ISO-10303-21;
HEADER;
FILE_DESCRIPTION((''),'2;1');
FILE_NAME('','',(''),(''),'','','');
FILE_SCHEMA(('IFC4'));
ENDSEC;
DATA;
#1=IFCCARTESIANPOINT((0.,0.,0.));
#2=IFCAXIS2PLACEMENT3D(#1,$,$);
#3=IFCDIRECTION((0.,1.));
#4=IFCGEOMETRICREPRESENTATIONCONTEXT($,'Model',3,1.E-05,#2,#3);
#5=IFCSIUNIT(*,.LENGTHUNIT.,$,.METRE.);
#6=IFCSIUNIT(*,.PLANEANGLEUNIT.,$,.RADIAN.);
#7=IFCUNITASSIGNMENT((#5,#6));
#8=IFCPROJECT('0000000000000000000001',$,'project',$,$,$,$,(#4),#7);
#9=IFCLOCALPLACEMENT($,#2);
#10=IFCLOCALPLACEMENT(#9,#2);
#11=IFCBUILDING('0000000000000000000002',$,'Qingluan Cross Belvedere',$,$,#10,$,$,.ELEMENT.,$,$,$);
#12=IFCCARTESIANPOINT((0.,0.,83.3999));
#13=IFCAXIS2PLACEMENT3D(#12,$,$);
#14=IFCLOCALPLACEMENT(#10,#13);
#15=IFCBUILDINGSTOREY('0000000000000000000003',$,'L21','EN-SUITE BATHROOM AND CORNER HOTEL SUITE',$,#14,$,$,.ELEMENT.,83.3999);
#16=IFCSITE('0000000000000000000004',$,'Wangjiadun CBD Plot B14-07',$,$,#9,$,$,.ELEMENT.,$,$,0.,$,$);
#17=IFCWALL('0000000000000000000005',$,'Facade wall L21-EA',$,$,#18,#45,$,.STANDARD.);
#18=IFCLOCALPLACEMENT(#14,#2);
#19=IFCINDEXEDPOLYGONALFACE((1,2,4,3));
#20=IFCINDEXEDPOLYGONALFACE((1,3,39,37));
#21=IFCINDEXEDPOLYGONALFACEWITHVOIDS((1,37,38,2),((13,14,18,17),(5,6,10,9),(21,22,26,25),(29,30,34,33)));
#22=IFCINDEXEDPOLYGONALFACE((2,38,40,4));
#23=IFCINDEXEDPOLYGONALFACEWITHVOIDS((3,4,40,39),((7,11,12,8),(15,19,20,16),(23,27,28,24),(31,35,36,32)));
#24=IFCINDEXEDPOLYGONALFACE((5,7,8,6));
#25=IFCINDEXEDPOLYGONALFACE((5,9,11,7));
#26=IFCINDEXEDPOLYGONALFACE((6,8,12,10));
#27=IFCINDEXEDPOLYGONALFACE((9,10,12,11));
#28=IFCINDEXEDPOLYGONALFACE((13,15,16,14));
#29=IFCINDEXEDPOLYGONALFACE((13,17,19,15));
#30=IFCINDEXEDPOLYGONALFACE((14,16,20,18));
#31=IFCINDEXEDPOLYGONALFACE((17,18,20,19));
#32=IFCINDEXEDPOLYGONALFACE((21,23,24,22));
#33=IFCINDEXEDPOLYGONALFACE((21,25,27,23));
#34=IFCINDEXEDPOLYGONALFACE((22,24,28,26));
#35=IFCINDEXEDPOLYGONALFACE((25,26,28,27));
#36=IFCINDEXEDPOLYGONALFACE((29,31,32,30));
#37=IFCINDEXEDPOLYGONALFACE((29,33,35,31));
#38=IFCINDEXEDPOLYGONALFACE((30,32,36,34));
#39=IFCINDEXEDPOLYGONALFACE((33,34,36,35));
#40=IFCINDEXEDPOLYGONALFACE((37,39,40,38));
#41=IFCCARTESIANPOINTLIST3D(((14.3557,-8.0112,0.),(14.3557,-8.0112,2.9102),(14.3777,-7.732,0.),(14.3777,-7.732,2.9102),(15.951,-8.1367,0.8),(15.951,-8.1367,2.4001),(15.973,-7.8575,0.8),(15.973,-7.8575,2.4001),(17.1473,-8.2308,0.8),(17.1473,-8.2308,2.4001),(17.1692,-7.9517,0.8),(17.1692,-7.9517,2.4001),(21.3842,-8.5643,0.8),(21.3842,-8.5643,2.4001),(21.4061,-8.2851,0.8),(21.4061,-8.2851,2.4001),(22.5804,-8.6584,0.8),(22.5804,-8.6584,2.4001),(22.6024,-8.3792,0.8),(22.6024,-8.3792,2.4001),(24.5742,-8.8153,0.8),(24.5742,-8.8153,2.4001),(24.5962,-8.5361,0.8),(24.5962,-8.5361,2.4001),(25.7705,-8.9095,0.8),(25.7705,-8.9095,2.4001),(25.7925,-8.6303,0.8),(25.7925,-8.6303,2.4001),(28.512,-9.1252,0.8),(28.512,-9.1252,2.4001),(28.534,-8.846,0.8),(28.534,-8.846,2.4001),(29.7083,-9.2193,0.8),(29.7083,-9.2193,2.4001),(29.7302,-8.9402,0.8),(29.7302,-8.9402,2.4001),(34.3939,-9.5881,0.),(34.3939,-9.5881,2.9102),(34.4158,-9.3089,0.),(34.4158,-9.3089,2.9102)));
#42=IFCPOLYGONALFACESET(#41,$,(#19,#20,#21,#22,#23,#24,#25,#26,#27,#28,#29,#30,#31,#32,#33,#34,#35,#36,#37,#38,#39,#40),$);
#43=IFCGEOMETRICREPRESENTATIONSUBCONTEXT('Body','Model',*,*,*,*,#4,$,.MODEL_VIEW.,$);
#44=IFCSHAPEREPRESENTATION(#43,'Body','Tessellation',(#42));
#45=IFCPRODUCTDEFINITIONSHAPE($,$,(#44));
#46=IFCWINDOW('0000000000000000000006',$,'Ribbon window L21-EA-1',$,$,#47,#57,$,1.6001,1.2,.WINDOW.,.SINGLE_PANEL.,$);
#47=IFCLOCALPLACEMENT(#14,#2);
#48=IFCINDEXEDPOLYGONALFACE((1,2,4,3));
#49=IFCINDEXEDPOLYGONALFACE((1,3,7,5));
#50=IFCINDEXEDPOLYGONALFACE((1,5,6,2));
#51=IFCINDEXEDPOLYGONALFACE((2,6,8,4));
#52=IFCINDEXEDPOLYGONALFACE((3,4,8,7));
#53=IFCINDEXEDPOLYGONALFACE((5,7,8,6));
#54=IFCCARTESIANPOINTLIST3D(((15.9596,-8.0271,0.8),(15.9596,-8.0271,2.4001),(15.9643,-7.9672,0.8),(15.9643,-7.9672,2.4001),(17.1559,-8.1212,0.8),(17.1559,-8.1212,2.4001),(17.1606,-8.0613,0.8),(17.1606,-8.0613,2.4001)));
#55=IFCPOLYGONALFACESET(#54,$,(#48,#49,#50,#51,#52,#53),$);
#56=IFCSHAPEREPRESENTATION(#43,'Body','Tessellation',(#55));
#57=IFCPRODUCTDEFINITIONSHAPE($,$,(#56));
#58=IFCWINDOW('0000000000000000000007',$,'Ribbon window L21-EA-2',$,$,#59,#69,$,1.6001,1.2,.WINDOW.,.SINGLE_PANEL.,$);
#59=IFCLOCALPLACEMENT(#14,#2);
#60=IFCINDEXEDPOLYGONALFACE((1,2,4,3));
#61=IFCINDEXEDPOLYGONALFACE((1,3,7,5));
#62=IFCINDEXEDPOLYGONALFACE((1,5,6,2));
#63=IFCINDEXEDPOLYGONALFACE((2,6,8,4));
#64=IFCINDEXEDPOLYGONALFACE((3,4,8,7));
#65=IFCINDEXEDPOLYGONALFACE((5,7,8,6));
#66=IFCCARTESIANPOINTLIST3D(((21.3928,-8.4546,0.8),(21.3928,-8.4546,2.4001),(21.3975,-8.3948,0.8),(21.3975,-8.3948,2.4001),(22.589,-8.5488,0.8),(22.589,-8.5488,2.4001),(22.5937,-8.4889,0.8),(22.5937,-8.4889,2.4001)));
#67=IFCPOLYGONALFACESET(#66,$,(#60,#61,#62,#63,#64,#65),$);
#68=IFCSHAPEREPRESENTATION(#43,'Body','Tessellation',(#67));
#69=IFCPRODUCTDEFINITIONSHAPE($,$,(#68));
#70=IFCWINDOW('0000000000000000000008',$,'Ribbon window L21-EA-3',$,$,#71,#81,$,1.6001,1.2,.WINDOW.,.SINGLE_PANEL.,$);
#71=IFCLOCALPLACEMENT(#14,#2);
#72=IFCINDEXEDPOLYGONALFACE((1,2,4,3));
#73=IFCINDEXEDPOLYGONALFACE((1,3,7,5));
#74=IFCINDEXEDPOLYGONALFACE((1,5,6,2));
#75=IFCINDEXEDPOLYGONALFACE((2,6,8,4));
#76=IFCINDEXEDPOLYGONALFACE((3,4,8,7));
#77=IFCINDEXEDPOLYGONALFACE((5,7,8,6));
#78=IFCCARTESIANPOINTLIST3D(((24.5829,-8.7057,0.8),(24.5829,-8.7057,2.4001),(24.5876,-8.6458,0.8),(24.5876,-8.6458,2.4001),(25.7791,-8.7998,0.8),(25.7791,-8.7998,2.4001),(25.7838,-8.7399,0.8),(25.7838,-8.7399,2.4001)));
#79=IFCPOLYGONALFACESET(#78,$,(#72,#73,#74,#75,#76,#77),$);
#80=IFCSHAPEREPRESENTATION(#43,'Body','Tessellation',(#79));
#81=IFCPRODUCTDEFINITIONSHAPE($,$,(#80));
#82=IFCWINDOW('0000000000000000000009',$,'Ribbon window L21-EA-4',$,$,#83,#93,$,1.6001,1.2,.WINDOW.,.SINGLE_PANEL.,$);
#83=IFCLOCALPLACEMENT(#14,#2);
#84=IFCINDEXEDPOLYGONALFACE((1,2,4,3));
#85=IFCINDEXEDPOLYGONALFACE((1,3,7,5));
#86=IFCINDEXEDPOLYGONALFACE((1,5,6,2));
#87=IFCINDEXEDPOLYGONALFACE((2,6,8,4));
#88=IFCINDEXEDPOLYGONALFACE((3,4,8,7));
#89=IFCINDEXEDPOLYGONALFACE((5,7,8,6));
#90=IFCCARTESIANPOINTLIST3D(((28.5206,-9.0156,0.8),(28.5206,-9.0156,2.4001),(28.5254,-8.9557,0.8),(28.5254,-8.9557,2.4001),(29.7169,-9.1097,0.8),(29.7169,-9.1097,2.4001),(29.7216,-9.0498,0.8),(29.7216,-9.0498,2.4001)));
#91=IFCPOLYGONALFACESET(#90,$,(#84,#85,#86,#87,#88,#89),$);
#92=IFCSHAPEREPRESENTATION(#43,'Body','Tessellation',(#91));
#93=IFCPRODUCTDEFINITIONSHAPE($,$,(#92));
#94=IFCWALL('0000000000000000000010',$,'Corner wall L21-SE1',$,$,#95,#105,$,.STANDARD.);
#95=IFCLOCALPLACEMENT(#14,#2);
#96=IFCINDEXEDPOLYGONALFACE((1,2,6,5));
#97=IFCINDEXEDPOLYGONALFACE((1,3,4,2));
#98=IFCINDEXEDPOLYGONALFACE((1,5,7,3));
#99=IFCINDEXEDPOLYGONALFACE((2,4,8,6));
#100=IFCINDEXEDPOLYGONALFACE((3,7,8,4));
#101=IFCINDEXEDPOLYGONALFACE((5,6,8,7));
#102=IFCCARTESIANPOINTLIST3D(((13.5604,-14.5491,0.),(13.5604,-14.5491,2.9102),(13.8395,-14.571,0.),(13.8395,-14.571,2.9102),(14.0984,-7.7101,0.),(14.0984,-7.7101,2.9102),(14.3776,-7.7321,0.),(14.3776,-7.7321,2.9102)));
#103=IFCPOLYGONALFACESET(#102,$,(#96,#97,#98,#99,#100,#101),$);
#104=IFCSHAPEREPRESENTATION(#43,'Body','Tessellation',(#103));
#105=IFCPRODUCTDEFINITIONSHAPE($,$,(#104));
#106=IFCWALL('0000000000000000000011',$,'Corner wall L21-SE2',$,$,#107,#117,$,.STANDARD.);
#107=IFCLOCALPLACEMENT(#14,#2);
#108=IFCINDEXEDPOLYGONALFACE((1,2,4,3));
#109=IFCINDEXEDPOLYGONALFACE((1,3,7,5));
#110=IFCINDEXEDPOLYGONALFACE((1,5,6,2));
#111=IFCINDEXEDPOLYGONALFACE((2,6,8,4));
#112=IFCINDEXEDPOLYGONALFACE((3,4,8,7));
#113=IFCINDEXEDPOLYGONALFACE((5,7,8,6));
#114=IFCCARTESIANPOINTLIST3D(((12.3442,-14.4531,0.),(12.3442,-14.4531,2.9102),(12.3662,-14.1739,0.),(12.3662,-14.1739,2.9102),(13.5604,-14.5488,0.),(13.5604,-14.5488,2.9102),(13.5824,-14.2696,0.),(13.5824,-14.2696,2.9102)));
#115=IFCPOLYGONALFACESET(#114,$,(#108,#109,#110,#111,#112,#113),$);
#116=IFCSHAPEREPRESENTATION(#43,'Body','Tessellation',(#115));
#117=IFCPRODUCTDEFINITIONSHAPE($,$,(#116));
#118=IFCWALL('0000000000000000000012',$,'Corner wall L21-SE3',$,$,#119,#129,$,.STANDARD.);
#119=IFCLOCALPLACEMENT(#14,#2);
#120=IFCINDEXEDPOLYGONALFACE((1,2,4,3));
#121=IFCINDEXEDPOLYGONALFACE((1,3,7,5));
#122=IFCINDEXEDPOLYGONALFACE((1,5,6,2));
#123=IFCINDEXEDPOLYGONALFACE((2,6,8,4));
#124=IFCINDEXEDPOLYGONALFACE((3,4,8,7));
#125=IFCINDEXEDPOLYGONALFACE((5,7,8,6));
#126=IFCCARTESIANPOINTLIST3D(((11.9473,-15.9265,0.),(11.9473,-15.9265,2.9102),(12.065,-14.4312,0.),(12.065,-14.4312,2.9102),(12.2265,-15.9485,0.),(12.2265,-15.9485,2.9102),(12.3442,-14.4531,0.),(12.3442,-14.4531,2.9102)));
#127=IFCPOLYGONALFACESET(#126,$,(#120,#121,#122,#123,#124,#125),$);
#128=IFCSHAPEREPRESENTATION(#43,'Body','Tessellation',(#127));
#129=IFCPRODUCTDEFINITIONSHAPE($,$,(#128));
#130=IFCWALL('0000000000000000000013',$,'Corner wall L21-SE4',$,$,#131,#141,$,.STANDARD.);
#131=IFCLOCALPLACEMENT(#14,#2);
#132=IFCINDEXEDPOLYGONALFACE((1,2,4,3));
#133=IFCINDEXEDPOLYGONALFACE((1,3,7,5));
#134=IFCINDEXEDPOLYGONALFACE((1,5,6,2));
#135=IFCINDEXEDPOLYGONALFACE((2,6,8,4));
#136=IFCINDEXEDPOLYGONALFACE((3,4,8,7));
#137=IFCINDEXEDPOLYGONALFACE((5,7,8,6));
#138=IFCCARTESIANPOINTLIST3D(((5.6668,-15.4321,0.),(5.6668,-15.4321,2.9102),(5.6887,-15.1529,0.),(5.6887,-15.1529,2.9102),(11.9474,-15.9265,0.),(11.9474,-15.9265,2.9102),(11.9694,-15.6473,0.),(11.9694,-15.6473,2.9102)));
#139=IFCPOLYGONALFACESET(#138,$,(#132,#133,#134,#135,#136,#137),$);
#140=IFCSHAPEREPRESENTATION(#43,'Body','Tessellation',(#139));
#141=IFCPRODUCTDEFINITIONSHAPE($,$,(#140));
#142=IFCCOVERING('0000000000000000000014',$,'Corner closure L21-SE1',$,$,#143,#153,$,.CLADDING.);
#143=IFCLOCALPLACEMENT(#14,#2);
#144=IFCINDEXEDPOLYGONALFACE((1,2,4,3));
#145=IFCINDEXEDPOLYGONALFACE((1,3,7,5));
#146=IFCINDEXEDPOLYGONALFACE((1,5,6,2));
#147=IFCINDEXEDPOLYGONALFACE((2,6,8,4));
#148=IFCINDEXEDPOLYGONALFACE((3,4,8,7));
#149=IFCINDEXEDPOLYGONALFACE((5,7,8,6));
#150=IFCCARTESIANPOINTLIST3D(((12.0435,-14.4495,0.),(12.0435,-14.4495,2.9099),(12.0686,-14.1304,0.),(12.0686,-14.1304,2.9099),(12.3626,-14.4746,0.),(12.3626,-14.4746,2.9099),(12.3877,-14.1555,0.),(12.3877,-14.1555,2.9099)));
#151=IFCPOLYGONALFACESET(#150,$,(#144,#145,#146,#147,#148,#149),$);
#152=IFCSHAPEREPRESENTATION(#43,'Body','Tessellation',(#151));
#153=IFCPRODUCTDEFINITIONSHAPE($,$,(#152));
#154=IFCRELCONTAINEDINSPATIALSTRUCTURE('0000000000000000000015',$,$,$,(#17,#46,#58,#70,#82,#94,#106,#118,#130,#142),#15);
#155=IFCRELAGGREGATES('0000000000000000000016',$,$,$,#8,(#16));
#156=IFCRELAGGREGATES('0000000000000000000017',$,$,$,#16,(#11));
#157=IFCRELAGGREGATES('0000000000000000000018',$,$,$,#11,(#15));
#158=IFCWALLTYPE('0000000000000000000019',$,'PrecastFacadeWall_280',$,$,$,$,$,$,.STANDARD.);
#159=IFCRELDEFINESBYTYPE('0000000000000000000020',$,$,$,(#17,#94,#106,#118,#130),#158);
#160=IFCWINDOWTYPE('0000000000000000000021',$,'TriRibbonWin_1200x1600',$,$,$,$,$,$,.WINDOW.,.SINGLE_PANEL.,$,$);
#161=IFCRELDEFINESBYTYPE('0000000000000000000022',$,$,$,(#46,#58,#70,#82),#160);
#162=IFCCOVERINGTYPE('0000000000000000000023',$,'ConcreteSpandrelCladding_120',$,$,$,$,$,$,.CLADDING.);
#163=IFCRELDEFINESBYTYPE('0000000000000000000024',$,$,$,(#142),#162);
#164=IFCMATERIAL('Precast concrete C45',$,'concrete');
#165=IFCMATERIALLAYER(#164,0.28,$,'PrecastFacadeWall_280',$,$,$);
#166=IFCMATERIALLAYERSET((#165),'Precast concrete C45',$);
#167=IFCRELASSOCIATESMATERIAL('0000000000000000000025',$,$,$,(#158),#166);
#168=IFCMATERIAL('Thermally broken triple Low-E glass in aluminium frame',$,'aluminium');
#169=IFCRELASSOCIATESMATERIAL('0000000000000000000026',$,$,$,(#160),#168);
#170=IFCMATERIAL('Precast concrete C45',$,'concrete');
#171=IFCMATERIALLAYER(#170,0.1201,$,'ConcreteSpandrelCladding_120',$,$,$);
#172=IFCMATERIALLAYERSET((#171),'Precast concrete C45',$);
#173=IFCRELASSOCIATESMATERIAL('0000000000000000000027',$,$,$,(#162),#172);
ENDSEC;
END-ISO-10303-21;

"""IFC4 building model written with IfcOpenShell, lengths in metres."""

from ifc_helpers import new_model, si_unit, direction, frame, frame_2d, origin, origin_2d, place, context, subcontext, project, spatial, rectangle, extrude, material, layer, layer_set, type_object, element, fill, save


model = new_model("IFC4")

# Units and contexts
model_context = context("Model", 3, precision=1e-05, world=origin(), true_north=direction((0.0, 1.0)))
body_context = subcontext(model_context, "Body", "Model", "MODEL_VIEW")
ifc_project = project(units=[si_unit("LENGTHUNIT", "METRE"), si_unit("PLANEANGLEUNIT", "RADIAN")], contexts=[model_context])

# Site, building, storey
site_placement = place(None, origin())
site = spatial("IfcSite", under=ifc_project, at=site_placement, Name="Wangjiadun CBD Plot B14-07", CompositionType="ELEMENT", RefElevation=0.0)
building_placement = place(site_placement, origin())
building = spatial("IfcBuilding", under=site, at=building_placement, Name="Qingluan Cross Belvedere", CompositionType="ELEMENT")
storey_placement = place(building_placement, frame((0.0, 0.0, 83.3999)))
storey = spatial("IfcBuildingStorey", under=building, at=storey_placement, Name="L21", Description="EN-SUITE BATHROOM AND CORNER HOTEL SUITE", CompositionType="ELEMENT", Elevation=83.3999)

# Wall, openings, windows
ifc_material_1 = material(Name="Precast concrete C45", Category="concrete")
ifc_layer_1 = layer(ifc_material_1, 0.28, Name="PrecastFacadeWall_280")
ifc_layer_set_1 = layer_set([ifc_layer_1], Name="Precast concrete C45")
wall_type_1 = type_object("IfcWallType", Name="PrecastFacadeWall_280", PredefinedType="STANDARD", material=ifc_layer_set_1)
wall_1_placement = place(storey_placement, frame((14.3667, -7.8716, 0.0), z_axis=(0.0, 0.0, 1.0), x_axis=(0.996918, -0.078453, 0.0)))
wall_1 = element("IfcWall", 1, at=wall_1_placement, inside=storey, type_object=wall_type_1, Name="Facade wall L21-EA", PredefinedType="STANDARD", context=body_context, shape_type="SweptSolid", body=[
    extrude(rectangle(XDim=20.1001, YDim=0.28, at=frame_2d((10.05, 0.0))), origin(), (0.0, 0.0, 1.0), 2.9102),
])
opening_1_placement = place(wall_1_placement, frame((1.6001, 0.0, 0.8)))
opening_1 = element("IfcOpeningElement", 2, at=opening_1_placement, cuts=wall_1, PredefinedType="OPENING", context=body_context, shape_type="SweptSolid", body=[
    extrude(rectangle(XDim=1.2, YDim=1.6001, at=frame_2d((0.6001, 0.8))), frame((0.0, 0.1499, 0.0), z_axis=(0.0, -1.0, 0.0), x_axis=(1.0, 0.0, 0.0)), (0.0, 0.0, 1.0), 0.3),
])
opening_2_placement = place(wall_1_placement, frame((7.05, 0.0, 0.8)))
opening_2 = element("IfcOpeningElement", 3, at=opening_2_placement, cuts=wall_1, PredefinedType="OPENING", context=body_context, shape_type="SweptSolid", body=[
    extrude(rectangle(XDim=1.2, YDim=1.6001, at=frame_2d((0.6001, 0.8))), frame((0.0, 0.1499, 0.0), z_axis=(0.0, -1.0, 0.0), x_axis=(1.0, 0.0, 0.0)), (0.0, 0.0, 1.0), 0.3),
])
opening_3_placement = place(wall_1_placement, frame((10.25, 0.0, 0.8)))
opening_3 = element("IfcOpeningElement", 4, at=opening_3_placement, cuts=wall_1, PredefinedType="OPENING", context=body_context, shape_type="SweptSolid", body=[
    extrude(rectangle(XDim=1.2, YDim=1.6001, at=frame_2d((0.6001, 0.8))), frame((0.0, 0.1499, 0.0), z_axis=(0.0, -1.0, 0.0), x_axis=(1.0, 0.0, 0.0)), (0.0, 0.0, 1.0), 0.3),
])
opening_4_placement = place(wall_1_placement, frame((14.2, 0.0, 0.8)))
opening_4 = element("IfcOpeningElement", 5, at=opening_4_placement, cuts=wall_1, PredefinedType="OPENING", context=body_context, shape_type="SweptSolid", body=[
    extrude(rectangle(XDim=1.2, YDim=1.6001, at=frame_2d((0.6001, 0.8))), frame((0.0, 0.1499, 0.0), z_axis=(0.0, -1.0, 0.0), x_axis=(1.0, 0.0, 0.0)), (0.0, 0.0, 1.0), 0.3),
])
ifc_material_2 = material(Name="Thermally broken triple Low-E glass in aluminium frame", Category="aluminium")
window_type = type_object("IfcWindowType", Name="TriRibbonWin_1200x1600", PartitioningType="SINGLE_PANEL", PredefinedType="WINDOW", material=ifc_material_2)
window_1_placement = place(opening_1_placement, origin())
window_1 = element("IfcWindow", 6, at=window_1_placement, inside=storey, type_object=window_type, Name="Ribbon window L21-EA-1", OverallHeight=1.6001, OverallWidth=1.2, PartitioningType="SINGLE_PANEL", PredefinedType="WINDOW", context=body_context, shape_type="SweptSolid", body=[
    extrude(rectangle(XDim=1.2, YDim=1.6001, at=frame_2d((0.6001, 0.8))), frame((0.0, 0.03, 0.0), z_axis=(0.0, -1.0, 0.0), x_axis=(1.0, 0.0, 0.0)), (0.0, 0.0, 1.0), 0.0601),
])
fill(opening_1, window_1)
window_2_placement = place(opening_2_placement, origin())
window_2 = element("IfcWindow", 7, at=window_2_placement, inside=storey, type_object=window_type, Name="Ribbon window L21-EA-2", OverallHeight=1.6001, OverallWidth=1.2, PartitioningType="SINGLE_PANEL", PredefinedType="WINDOW", context=body_context, shape_type="SweptSolid", body=[
    extrude(rectangle(XDim=1.2, YDim=1.6001, at=frame_2d((0.6001, 0.8))), frame((0.0, 0.03, 0.0), z_axis=(0.0, -1.0, 0.0), x_axis=(1.0, 0.0, 0.0)), (0.0, 0.0, 1.0), 0.0601),
])
fill(opening_2, window_2)
window_3_placement = place(opening_3_placement, origin())
window_3 = element("IfcWindow", 8, at=window_3_placement, inside=storey, type_object=window_type, Name="Ribbon window L21-EA-3", OverallHeight=1.6001, OverallWidth=1.2, PartitioningType="SINGLE_PANEL", PredefinedType="WINDOW", context=body_context, shape_type="SweptSolid", body=[
    extrude(rectangle(XDim=1.2, YDim=1.6001, at=frame_2d((0.6001, 0.8))), frame((0.0, 0.03, 0.0), z_axis=(0.0, -1.0, 0.0), x_axis=(1.0, 0.0, 0.0)), (0.0, 0.0, 1.0), 0.0601),
])
fill(opening_3, window_3)
window_4_placement = place(opening_4_placement, origin())
window_4 = element("IfcWindow", 9, at=window_4_placement, inside=storey, type_object=window_type, Name="Ribbon window L21-EA-4", OverallHeight=1.6001, OverallWidth=1.2, PartitioningType="SINGLE_PANEL", PredefinedType="WINDOW", context=body_context, shape_type="SweptSolid", body=[
    extrude(rectangle(XDim=1.2, YDim=1.6001, at=frame_2d((0.6001, 0.8))), frame((0.0, 0.03, 0.0), z_axis=(0.0, -1.0, 0.0), x_axis=(1.0, 0.0, 0.0)), (0.0, 0.0, 1.0), 0.0601),
])
fill(opening_4, window_4)

# Walls
wall_2_placement = place(storey_placement, frame((14.238, -7.7209, 0.0), z_axis=(0.0, 0.0, 1.0), x_axis=(-0.078438, -0.996919, 0.0)))
element("IfcWall", 10, at=wall_2_placement, inside=storey, type_object=wall_type_1, Name="Corner wall L21-SE1", PredefinedType="STANDARD", context=body_context, shape_type="SweptSolid", body=[
    extrude(rectangle(XDim=6.8601, YDim=0.28, at=frame_2d((3.4302, 0.0))), origin(), (0.0, 0.0, 1.0), 2.9102),
])
wall_3_placement = place(storey_placement, frame((13.5713, -14.4092, 0.0), z_axis=(0.0, 0.0, 1.0), x_axis=(-0.996919, 0.078441, 0.0)))
element("IfcWall", 11, at=wall_3_placement, inside=storey, type_object=wall_type_1, Name="Corner wall L21-SE2", PredefinedType="STANDARD", context=body_context, shape_type="SweptSolid", body=[
    extrude(rectangle(XDim=1.22, YDim=0.28, at=frame_2d((0.6099, 0.0))), origin(), (0.0, 0.0, 1.0), 2.9102),
])
wall_4_placement = place(storey_placement, frame((12.2046, -14.4421, 0.0), z_axis=(0.0, 0.0, 1.0), x_axis=(-0.078451, -0.996918, 0.0)))
element("IfcWall", 12, at=wall_4_placement, inside=storey, type_object=wall_type_1, Name="Corner wall L21-SE3", PredefinedType="STANDARD", context=body_context, shape_type="SweptSolid", body=[
    extrude(rectangle(XDim=1.5, YDim=0.28, at=frame_2d((0.75, 0.0))), origin(), (0.0, 0.0, 1.0), 2.9102),
])
wall_5_placement = place(storey_placement, frame((11.9583, -15.7869, 0.0), z_axis=(0.0, 0.0, 1.0), x_axis=(-0.996916, 0.078474, 0.0)))
element("IfcWall", 13, at=wall_5_placement, inside=storey, type_object=wall_type_1, Name="Corner wall L21-SE4", PredefinedType="STANDARD", context=body_context, shape_type="SweptSolid", body=[
    extrude(rectangle(XDim=6.3, YDim=0.28, at=frame_2d((3.1499, 0.0))), origin(), (0.0, 0.0, 1.0), 2.9102),
])

# Covering
ifc_material_3 = material(Name="Precast concrete C45", Category="concrete")
ifc_layer_2 = layer(ifc_material_3, 0.1201, Name="ConcreteSpandrelCladding_120")
ifc_layer_set_2 = layer_set([ifc_layer_2], Name="Precast concrete C45")
covering_type = type_object("IfcCoveringType", Name="ConcreteSpandrelCladding_120", PredefinedType="CLADDING", material=ifc_layer_set_2)
covering_placement = place(storey_placement, frame((12.2156, -14.3025, 0.0), z_axis=(0.0, 0.0, 1.0), x_axis=(0.996917, -0.078459, 0.0)))
element("IfcCovering", 14, at=covering_placement, inside=storey, type_object=covering_type, Name="Corner closure L21-SE1", PredefinedType="CLADDING", context=body_context, shape_type="SweptSolid", body=[
    extrude(rectangle(XDim=0.3201, YDim=0.3201, at=origin_2d()), origin(), (0.0, 0.0, 1.0), 2.9099),
])

save(model, "model.ifc")
